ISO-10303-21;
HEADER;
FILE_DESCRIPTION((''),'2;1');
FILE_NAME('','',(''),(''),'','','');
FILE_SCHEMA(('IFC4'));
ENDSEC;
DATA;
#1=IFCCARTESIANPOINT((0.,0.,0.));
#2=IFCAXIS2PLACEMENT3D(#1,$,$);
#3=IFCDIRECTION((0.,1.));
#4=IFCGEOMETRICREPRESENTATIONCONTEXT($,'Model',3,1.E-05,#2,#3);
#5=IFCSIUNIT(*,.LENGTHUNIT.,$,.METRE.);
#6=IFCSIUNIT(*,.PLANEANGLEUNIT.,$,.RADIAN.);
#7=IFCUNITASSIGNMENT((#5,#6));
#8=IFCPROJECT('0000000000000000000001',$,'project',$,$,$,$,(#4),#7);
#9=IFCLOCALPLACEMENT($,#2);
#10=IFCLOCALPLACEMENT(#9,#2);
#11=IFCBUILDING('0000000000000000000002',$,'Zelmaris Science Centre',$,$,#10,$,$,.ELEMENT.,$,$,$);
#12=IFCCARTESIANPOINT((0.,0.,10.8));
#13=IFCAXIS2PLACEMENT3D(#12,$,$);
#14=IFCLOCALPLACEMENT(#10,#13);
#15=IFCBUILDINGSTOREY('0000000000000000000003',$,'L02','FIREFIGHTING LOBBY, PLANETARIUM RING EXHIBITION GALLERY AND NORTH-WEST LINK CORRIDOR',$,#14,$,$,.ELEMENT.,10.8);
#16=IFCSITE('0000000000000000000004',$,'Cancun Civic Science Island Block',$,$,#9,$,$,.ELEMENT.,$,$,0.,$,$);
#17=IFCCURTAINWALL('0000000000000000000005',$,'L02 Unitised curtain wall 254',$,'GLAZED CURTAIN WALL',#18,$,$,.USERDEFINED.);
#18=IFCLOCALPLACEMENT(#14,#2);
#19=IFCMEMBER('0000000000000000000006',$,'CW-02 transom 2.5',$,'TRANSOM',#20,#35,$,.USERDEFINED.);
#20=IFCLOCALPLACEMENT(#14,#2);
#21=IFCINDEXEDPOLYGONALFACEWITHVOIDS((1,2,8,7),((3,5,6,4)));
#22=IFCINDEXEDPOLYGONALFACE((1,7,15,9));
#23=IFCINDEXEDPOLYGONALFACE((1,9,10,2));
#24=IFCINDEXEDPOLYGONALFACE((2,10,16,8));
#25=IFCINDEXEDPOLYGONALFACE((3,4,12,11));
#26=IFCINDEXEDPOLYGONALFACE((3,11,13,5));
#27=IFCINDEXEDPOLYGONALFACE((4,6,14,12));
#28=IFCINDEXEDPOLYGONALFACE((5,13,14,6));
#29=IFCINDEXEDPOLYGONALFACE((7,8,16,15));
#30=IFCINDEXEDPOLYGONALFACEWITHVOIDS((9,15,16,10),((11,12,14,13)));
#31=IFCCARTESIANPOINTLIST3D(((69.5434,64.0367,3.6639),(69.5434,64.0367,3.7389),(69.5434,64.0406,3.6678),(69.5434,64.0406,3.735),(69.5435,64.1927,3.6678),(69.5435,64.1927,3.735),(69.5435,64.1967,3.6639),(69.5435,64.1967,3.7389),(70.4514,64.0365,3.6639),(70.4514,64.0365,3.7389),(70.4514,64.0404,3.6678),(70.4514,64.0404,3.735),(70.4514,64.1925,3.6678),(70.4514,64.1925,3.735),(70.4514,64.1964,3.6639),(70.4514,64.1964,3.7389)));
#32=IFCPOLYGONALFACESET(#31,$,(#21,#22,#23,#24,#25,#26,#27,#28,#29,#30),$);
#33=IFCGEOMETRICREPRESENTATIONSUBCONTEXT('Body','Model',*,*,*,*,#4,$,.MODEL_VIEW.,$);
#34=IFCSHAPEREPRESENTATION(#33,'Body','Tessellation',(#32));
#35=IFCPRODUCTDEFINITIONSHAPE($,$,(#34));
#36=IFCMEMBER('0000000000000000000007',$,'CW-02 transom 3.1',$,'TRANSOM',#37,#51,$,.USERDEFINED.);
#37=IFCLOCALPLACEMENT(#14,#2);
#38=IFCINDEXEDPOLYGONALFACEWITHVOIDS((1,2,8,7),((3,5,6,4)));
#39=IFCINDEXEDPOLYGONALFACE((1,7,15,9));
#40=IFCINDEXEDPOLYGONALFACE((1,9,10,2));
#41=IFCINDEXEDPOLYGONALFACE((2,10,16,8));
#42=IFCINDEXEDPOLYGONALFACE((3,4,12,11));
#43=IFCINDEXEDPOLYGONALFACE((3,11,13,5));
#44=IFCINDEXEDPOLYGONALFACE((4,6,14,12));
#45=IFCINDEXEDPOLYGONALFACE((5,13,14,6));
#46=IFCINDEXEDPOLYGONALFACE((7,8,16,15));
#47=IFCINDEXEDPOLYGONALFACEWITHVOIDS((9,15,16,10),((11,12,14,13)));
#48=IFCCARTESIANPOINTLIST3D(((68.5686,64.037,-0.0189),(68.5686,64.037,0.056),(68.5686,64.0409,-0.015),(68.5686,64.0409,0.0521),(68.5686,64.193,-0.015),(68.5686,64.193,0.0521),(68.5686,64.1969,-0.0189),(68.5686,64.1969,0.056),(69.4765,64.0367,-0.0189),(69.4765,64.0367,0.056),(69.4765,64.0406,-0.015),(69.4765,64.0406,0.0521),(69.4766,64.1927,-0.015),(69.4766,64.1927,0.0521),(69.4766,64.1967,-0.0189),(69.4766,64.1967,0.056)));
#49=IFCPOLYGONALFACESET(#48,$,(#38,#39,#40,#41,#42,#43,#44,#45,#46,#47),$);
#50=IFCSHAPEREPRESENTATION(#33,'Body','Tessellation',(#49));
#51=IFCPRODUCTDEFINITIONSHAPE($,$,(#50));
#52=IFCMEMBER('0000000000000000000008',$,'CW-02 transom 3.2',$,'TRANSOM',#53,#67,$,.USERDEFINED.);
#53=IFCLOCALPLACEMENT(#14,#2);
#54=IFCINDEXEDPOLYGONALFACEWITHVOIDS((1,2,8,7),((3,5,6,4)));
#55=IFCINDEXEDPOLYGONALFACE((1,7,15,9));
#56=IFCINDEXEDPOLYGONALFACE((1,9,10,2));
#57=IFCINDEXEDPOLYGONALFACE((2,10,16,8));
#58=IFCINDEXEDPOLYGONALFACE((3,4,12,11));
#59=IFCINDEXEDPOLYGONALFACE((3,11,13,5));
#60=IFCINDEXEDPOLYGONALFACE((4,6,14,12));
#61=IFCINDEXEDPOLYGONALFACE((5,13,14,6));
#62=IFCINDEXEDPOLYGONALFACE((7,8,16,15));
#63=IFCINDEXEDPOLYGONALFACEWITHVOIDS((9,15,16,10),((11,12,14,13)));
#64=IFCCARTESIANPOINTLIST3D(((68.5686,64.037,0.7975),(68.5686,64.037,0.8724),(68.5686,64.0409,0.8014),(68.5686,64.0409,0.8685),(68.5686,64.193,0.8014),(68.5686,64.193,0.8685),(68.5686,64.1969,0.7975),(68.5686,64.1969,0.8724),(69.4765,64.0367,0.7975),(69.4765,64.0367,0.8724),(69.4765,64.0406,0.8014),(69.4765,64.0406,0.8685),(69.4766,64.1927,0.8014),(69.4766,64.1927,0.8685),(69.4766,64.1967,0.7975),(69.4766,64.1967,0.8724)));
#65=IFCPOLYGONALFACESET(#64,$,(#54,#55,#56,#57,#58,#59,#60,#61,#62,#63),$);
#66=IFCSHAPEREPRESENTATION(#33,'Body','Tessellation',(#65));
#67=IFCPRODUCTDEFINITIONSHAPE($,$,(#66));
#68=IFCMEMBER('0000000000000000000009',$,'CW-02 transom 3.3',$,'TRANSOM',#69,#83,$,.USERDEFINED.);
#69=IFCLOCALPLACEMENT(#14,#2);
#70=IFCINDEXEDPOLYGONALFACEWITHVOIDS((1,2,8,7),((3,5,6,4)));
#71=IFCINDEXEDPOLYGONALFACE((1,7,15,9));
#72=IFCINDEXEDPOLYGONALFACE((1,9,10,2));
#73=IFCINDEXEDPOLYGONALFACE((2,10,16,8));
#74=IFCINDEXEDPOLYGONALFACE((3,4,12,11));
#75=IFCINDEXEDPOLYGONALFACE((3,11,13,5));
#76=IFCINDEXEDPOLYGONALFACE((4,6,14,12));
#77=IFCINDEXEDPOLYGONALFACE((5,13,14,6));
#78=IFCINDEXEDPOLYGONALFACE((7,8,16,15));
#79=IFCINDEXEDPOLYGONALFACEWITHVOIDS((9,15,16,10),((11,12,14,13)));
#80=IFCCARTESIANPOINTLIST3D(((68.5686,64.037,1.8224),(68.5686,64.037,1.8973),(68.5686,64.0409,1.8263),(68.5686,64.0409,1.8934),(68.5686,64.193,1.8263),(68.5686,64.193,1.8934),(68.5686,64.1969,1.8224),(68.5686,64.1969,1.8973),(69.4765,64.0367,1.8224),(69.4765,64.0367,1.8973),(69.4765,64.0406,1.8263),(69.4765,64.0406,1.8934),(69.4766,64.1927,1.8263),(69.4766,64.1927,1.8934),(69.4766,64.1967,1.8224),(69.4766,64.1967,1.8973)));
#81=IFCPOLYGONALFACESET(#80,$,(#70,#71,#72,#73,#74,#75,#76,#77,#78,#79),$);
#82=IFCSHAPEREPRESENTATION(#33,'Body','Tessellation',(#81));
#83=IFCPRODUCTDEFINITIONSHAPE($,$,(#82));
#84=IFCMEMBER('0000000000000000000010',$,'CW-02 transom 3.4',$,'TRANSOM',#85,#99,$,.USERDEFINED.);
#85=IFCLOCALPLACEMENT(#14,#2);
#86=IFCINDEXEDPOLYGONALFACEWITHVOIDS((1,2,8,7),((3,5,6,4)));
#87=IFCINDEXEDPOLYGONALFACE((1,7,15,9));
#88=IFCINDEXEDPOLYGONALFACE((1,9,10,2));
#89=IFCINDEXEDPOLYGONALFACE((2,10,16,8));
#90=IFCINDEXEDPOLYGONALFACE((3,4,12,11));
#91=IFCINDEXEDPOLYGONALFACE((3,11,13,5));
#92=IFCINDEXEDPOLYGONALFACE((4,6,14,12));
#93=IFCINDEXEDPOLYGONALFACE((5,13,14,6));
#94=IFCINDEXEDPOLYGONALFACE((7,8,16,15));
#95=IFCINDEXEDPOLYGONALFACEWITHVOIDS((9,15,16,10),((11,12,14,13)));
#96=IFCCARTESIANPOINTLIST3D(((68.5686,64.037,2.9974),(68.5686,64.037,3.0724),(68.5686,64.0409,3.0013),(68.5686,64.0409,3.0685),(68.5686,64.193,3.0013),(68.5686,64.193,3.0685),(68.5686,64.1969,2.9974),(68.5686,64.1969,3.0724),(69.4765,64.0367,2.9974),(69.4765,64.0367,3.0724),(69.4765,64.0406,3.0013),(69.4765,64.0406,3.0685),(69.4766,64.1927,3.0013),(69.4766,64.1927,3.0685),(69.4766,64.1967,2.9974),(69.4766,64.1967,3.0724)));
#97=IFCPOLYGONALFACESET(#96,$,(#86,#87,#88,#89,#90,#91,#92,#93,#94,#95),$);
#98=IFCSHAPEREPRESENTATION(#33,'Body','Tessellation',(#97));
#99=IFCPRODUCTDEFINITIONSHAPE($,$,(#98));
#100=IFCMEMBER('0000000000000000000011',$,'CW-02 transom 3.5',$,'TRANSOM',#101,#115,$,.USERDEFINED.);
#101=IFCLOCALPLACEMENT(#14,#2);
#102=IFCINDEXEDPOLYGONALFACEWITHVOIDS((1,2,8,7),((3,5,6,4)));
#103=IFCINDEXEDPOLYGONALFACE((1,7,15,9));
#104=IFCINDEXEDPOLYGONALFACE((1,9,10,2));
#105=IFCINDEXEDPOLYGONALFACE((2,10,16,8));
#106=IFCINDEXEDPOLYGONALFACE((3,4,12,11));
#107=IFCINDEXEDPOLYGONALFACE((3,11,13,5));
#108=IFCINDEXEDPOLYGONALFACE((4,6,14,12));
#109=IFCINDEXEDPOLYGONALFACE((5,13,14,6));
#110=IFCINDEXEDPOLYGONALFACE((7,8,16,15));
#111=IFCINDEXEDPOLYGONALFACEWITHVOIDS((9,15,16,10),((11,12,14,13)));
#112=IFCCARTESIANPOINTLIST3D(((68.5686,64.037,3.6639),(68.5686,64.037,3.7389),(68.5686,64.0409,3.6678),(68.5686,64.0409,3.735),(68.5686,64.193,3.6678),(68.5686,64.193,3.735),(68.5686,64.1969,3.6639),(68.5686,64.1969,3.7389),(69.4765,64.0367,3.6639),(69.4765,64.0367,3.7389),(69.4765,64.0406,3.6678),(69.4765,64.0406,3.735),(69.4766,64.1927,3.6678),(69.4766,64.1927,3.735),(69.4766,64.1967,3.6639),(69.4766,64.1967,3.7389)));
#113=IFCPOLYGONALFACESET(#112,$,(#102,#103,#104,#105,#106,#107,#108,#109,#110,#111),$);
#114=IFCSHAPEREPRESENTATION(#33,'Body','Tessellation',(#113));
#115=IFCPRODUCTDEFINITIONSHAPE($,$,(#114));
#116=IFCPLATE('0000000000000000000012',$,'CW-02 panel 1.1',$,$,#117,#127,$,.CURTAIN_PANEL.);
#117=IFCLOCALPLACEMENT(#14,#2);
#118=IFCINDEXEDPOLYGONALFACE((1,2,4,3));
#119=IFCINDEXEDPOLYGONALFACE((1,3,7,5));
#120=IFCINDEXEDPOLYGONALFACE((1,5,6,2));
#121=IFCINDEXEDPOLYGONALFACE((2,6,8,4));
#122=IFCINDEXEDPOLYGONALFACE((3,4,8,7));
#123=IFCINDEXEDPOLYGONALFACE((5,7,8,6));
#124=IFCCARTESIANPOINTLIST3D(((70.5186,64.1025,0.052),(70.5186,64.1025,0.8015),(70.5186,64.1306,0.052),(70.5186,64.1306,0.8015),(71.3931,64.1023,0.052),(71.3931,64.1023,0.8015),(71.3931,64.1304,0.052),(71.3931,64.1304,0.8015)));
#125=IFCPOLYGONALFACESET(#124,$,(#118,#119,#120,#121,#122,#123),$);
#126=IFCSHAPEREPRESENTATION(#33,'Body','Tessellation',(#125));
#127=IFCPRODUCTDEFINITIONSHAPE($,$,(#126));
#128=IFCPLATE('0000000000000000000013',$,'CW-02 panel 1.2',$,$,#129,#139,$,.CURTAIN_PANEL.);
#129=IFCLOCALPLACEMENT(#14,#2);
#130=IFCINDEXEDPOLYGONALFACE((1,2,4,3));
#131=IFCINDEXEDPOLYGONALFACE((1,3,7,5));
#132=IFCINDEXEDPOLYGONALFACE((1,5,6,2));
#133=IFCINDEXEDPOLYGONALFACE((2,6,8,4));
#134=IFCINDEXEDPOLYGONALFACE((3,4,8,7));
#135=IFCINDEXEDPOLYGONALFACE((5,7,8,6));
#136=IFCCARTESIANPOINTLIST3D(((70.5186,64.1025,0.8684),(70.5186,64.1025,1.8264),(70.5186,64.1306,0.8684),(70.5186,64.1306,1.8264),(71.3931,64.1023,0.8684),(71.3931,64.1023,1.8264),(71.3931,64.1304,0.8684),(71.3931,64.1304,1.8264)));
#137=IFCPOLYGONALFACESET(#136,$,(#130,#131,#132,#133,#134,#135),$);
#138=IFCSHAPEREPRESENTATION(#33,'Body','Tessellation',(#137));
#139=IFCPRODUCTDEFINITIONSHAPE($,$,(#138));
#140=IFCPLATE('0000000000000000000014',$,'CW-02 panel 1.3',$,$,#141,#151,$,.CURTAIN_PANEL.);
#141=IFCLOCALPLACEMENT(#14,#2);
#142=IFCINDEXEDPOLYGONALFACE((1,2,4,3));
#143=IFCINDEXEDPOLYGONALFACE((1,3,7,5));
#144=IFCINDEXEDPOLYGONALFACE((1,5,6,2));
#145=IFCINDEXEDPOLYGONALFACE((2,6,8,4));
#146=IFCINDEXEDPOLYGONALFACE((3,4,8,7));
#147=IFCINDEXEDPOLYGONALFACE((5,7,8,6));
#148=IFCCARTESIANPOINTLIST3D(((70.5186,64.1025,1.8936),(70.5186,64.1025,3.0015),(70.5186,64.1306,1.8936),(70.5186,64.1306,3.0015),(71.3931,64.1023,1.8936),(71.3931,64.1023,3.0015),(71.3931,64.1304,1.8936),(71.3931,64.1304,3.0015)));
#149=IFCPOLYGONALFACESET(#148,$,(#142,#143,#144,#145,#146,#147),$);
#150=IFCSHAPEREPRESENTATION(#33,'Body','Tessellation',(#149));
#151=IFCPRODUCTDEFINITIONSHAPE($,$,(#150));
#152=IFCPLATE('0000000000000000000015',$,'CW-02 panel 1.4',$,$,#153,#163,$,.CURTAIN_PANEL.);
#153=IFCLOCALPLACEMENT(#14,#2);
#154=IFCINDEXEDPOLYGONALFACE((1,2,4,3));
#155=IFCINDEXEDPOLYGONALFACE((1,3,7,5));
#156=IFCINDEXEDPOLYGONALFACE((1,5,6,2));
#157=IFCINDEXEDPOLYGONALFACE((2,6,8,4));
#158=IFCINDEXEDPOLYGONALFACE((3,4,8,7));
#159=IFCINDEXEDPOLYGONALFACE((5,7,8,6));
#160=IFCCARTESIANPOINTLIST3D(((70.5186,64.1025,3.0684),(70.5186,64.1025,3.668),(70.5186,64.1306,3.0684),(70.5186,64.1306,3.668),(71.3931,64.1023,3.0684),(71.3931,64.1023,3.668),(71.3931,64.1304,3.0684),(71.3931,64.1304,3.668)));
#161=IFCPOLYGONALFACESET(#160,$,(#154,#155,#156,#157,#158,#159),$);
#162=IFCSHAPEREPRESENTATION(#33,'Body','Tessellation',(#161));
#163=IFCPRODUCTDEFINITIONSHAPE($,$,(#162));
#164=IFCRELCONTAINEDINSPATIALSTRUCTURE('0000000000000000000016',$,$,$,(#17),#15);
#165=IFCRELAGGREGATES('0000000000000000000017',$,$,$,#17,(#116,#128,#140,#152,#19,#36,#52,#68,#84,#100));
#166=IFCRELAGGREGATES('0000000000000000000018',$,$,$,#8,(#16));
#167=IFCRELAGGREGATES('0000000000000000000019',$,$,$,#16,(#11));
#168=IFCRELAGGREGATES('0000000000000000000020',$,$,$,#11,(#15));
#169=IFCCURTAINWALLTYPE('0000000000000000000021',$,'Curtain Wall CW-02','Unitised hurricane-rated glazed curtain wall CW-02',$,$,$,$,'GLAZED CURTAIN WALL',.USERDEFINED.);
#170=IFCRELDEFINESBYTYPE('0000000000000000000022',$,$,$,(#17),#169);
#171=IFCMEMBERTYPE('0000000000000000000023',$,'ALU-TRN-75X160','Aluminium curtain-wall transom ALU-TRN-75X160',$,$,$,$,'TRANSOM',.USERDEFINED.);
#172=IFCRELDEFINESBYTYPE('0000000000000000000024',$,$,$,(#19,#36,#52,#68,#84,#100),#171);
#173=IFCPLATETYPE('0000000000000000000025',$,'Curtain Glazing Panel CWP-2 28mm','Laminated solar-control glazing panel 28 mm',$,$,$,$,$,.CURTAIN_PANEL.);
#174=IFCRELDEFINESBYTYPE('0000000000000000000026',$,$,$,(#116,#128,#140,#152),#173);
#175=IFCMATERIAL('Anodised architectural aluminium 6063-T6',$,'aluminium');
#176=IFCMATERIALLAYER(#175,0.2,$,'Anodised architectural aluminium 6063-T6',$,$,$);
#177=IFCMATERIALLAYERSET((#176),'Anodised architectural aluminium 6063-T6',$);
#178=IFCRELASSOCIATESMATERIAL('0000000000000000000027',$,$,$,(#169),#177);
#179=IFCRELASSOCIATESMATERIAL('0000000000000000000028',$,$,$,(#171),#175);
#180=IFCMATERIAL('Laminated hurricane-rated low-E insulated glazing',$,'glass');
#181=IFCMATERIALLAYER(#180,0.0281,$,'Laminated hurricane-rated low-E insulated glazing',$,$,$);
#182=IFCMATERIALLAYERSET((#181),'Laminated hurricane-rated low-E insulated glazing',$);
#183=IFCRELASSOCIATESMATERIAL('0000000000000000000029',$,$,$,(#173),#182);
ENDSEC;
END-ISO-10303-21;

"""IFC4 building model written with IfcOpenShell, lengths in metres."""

from ifc_helpers import new_model, si_unit, direction, frame, origin, origin_2d, place, context, subcontext, project, spatial, rectangle, hollow_rectangle, extrude, material, layer, layer_set, material_profile, profile_set, type_object, element, aggregate, save


model = new_model("IFC4")

# Units and contexts
model_context = context("Model", 3, precision=1e-05, world=origin(), true_north=direction((0.0, 1.0)))
body_context = subcontext(model_context, "Body", "Model", "MODEL_VIEW")
ifc_project = project(units=[si_unit("LENGTHUNIT", "METRE"), si_unit("PLANEANGLEUNIT", "RADIAN")], contexts=[model_context])

# Site, building, storey
site_placement = place(None, origin())
site = spatial("IfcSite", under=ifc_project, at=site_placement, Name="Cancun Civic Science Island Block", CompositionType="ELEMENT", RefElevation=0.0)
building_placement = place(site_placement, origin())
building = spatial("IfcBuilding", under=site, at=building_placement, Name="Zelmaris Science Centre", CompositionType="ELEMENT")
storey_placement = place(building_placement, frame((0.0, 0.0, 10.8)))
storey = spatial("IfcBuildingStorey", under=building, at=storey_placement, Name="L02", Description="FIREFIGHTING LOBBY, PLANETARIUM RING EXHIBITION GALLERY AND NORTH-WEST LINK CORRIDOR", CompositionType="ELEMENT", Elevation=10.8)

# Curtain wall, members, plates
ifc_material_1 = material(Name="Anodised architectural aluminium 6063-T6", Category="aluminium")
ifc_layer_1 = layer(ifc_material_1, 0.2, Name="Anodised architectural aluminium 6063-T6")
ifc_layer_set_1 = layer_set([ifc_layer_1], Name="Anodised architectural aluminium 6063-T6")
curtain_wall_type = type_object("IfcCurtainWallType", Name="Curtain Wall CW-02", Description="Unitised hurricane-rated glazed curtain wall CW-02", ElementType="GLAZED CURTAIN WALL", PredefinedType="USERDEFINED", material=ifc_layer_set_1)
curtain_wall_placement = place(storey_placement, origin())
curtain_wall = element("IfcCurtainWall", 1, at=curtain_wall_placement, inside=storey, type_object=curtain_wall_type, Name="L02 Unitised curtain wall 254", ObjectType="GLAZED CURTAIN WALL", PredefinedType="USERDEFINED")
ifc_material_profile_1 = material_profile(ifc_material_1, hollow_rectangle(XDim=0.075, YDim=0.1599, WallThickness=0.0039, at=origin_2d()), Name="ALU-TRN-75X160")
ifc_profile_set_1 = profile_set([ifc_material_profile_1], Name="Anodised architectural aluminium 6063-T6")
member_type_1 = type_object("IfcMemberType", Name="ALU-TRN-75X160", Description="Aluminium curtain-wall transom ALU-TRN-75X160", ElementType="TRANSOM", PredefinedType="USERDEFINED", material=ifc_profile_set_1)
member_1_placement = place(storey_placement, frame((70.4514, 64.1165, 3.7014), z_axis=(-1.0, 0.000269, 0.0), x_axis=(0.0, 0.0, 1.0)))
member_1 = element("IfcMember", 2, at=member_1_placement, type_object=member_type_1, Name="CW-02 transom 2.5", ObjectType="TRANSOM", PredefinedType="USERDEFINED", context=body_context, shape_type="SweptSolid", body=[
    extrude(hollow_rectangle(XDim=0.075, YDim=0.1599, WallThickness=0.0039, at=origin_2d()), origin(), (0.0, 0.0, 1.0), 0.908),
])
member_2_placement = place(storey_placement, frame((69.4766, 64.1167, 0.0186), z_axis=(-1.0, 0.000269, 0.0), x_axis=(0.0, 0.0, 1.0)))
member_2 = element("IfcMember", 3, at=member_2_placement, type_object=member_type_1, Name="CW-02 transom 3.1", ObjectType="TRANSOM", PredefinedType="USERDEFINED", context=body_context, shape_type="SweptSolid", body=[
    extrude(hollow_rectangle(XDim=0.075, YDim=0.1599, WallThickness=0.0039, at=origin_2d()), origin(), (0.0, 0.0, 1.0), 0.908),
])
member_3_placement = place(storey_placement, frame((69.4766, 64.1167, 0.835), z_axis=(-1.0, 0.000269, 0.0), x_axis=(0.0, 0.0, 1.0)))
member_3 = element("IfcMember", 4, at=member_3_placement, type_object=member_type_1, Name="CW-02 transom 3.2", ObjectType="TRANSOM", PredefinedType="USERDEFINED", context=body_context, shape_type="SweptSolid", body=[
    extrude(hollow_rectangle(XDim=0.075, YDim=0.1599, WallThickness=0.0039, at=origin_2d()), origin(), (0.0, 0.0, 1.0), 0.908),
])
member_4_placement = place(storey_placement, frame((69.4766, 64.1167, 1.8599), z_axis=(-1.0, 0.000269, 0.0), x_axis=(0.0, 0.0, 1.0)))
member_4 = element("IfcMember", 5, at=member_4_placement, type_object=member_type_1, Name="CW-02 transom 3.3", ObjectType="TRANSOM", PredefinedType="USERDEFINED", context=body_context, shape_type="SweptSolid", body=[
    extrude(hollow_rectangle(XDim=0.075, YDim=0.1599, WallThickness=0.0039, at=origin_2d()), origin(), (0.0, 0.0, 1.0), 0.908),
])
member_5_placement = place(storey_placement, frame((69.4766, 64.1167, 3.0349), z_axis=(-1.0, 0.000269, 0.0), x_axis=(0.0, 0.0, 1.0)))
member_5 = element("IfcMember", 6, at=member_5_placement, type_object=member_type_1, Name="CW-02 transom 3.4", ObjectType="TRANSOM", PredefinedType="USERDEFINED", context=body_context, shape_type="SweptSolid", body=[
    extrude(hollow_rectangle(XDim=0.075, YDim=0.1599, WallThickness=0.0039, at=origin_2d()), origin(), (0.0, 0.0, 1.0), 0.908),
])
member_6_placement = place(storey_placement, frame((69.4766, 64.1167, 3.7014), z_axis=(-1.0, 0.000269, 0.0), x_axis=(0.0, 0.0, 1.0)))
member_6 = element("IfcMember", 7, at=member_6_placement, type_object=member_type_1, Name="CW-02 transom 3.5", ObjectType="TRANSOM", PredefinedType="USERDEFINED", context=body_context, shape_type="SweptSolid", body=[
    extrude(hollow_rectangle(XDim=0.075, YDim=0.1599, WallThickness=0.0039, at=origin_2d()), origin(), (0.0, 0.0, 1.0), 0.908),
])
ifc_material_2 = material(Name="Laminated hurricane-rated low-E insulated glazing", Category="glass")
ifc_layer_2 = layer(ifc_material_2, 0.0281, Name="Laminated hurricane-rated low-E insulated glazing")
ifc_layer_set_2 = layer_set([ifc_layer_2], Name="Laminated hurricane-rated low-E insulated glazing")
plate_type = type_object("IfcPlateType", Name="Curtain Glazing Panel CWP-2 28mm", Description="Laminated solar-control glazing panel 28 mm", PredefinedType="CURTAIN_PANEL", material=ifc_layer_set_2)
plate_1_placement = place(storey_placement, frame((70.9558, 64.1165, 0.052), z_axis=(0.0, 0.0, 1.0), x_axis=(-1.0, 0.000231, 0.0)))
plate_1 = element("IfcPlate", 8, at=plate_1_placement, type_object=plate_type, Name="CW-02 panel 1.1", PredefinedType="CURTAIN_PANEL", context=body_context, shape_type="SweptSolid", body=[
    extrude(rectangle(XDim=0.8745, YDim=0.0281, at=origin_2d()), origin(), (0.0, 0.0, 1.0), 0.7495),
])
plate_2_placement = place(storey_placement, frame((70.9558, 64.1165, 0.8684), z_axis=(0.0, 0.0, 1.0), x_axis=(-1.0, 0.000231, 0.0)))
plate_2 = element("IfcPlate", 9, at=plate_2_placement, type_object=plate_type, Name="CW-02 panel 1.2", PredefinedType="CURTAIN_PANEL", context=body_context, shape_type="SweptSolid", body=[
    extrude(rectangle(XDim=0.8745, YDim=0.0281, at=origin_2d()), origin(), (0.0, 0.0, 1.0), 0.958),
])
plate_3_placement = place(storey_placement, frame((70.9558, 64.1165, 1.8936), z_axis=(0.0, 0.0, 1.0), x_axis=(-1.0, 0.000231, 0.0)))
plate_3 = element("IfcPlate", 10, at=plate_3_placement, type_object=plate_type, Name="CW-02 panel 1.3", PredefinedType="CURTAIN_PANEL", context=body_context, shape_type="SweptSolid", body=[
    extrude(rectangle(XDim=0.8745, YDim=0.0281, at=origin_2d()), origin(), (0.0, 0.0, 1.0), 1.1079),
])
plate_4_placement = place(storey_placement, frame((70.9558, 64.1165, 3.0684), z_axis=(0.0, 0.0, 1.0), x_axis=(-1.0, 0.000231, 0.0)))
plate_4 = element("IfcPlate", 11, at=plate_4_placement, type_object=plate_type, Name="CW-02 panel 1.4", PredefinedType="CURTAIN_PANEL", context=body_context, shape_type="SweptSolid", body=[
    extrude(rectangle(XDim=0.8745, YDim=0.0281, at=origin_2d()), origin(), (0.0, 0.0, 1.0), 0.5996),
])
aggregate(curtain_wall, [plate_1, plate_2, plate_3, plate_4, member_1, member_2, member_3, member_4, member_5, member_6])

save(model, "model.ifc")
